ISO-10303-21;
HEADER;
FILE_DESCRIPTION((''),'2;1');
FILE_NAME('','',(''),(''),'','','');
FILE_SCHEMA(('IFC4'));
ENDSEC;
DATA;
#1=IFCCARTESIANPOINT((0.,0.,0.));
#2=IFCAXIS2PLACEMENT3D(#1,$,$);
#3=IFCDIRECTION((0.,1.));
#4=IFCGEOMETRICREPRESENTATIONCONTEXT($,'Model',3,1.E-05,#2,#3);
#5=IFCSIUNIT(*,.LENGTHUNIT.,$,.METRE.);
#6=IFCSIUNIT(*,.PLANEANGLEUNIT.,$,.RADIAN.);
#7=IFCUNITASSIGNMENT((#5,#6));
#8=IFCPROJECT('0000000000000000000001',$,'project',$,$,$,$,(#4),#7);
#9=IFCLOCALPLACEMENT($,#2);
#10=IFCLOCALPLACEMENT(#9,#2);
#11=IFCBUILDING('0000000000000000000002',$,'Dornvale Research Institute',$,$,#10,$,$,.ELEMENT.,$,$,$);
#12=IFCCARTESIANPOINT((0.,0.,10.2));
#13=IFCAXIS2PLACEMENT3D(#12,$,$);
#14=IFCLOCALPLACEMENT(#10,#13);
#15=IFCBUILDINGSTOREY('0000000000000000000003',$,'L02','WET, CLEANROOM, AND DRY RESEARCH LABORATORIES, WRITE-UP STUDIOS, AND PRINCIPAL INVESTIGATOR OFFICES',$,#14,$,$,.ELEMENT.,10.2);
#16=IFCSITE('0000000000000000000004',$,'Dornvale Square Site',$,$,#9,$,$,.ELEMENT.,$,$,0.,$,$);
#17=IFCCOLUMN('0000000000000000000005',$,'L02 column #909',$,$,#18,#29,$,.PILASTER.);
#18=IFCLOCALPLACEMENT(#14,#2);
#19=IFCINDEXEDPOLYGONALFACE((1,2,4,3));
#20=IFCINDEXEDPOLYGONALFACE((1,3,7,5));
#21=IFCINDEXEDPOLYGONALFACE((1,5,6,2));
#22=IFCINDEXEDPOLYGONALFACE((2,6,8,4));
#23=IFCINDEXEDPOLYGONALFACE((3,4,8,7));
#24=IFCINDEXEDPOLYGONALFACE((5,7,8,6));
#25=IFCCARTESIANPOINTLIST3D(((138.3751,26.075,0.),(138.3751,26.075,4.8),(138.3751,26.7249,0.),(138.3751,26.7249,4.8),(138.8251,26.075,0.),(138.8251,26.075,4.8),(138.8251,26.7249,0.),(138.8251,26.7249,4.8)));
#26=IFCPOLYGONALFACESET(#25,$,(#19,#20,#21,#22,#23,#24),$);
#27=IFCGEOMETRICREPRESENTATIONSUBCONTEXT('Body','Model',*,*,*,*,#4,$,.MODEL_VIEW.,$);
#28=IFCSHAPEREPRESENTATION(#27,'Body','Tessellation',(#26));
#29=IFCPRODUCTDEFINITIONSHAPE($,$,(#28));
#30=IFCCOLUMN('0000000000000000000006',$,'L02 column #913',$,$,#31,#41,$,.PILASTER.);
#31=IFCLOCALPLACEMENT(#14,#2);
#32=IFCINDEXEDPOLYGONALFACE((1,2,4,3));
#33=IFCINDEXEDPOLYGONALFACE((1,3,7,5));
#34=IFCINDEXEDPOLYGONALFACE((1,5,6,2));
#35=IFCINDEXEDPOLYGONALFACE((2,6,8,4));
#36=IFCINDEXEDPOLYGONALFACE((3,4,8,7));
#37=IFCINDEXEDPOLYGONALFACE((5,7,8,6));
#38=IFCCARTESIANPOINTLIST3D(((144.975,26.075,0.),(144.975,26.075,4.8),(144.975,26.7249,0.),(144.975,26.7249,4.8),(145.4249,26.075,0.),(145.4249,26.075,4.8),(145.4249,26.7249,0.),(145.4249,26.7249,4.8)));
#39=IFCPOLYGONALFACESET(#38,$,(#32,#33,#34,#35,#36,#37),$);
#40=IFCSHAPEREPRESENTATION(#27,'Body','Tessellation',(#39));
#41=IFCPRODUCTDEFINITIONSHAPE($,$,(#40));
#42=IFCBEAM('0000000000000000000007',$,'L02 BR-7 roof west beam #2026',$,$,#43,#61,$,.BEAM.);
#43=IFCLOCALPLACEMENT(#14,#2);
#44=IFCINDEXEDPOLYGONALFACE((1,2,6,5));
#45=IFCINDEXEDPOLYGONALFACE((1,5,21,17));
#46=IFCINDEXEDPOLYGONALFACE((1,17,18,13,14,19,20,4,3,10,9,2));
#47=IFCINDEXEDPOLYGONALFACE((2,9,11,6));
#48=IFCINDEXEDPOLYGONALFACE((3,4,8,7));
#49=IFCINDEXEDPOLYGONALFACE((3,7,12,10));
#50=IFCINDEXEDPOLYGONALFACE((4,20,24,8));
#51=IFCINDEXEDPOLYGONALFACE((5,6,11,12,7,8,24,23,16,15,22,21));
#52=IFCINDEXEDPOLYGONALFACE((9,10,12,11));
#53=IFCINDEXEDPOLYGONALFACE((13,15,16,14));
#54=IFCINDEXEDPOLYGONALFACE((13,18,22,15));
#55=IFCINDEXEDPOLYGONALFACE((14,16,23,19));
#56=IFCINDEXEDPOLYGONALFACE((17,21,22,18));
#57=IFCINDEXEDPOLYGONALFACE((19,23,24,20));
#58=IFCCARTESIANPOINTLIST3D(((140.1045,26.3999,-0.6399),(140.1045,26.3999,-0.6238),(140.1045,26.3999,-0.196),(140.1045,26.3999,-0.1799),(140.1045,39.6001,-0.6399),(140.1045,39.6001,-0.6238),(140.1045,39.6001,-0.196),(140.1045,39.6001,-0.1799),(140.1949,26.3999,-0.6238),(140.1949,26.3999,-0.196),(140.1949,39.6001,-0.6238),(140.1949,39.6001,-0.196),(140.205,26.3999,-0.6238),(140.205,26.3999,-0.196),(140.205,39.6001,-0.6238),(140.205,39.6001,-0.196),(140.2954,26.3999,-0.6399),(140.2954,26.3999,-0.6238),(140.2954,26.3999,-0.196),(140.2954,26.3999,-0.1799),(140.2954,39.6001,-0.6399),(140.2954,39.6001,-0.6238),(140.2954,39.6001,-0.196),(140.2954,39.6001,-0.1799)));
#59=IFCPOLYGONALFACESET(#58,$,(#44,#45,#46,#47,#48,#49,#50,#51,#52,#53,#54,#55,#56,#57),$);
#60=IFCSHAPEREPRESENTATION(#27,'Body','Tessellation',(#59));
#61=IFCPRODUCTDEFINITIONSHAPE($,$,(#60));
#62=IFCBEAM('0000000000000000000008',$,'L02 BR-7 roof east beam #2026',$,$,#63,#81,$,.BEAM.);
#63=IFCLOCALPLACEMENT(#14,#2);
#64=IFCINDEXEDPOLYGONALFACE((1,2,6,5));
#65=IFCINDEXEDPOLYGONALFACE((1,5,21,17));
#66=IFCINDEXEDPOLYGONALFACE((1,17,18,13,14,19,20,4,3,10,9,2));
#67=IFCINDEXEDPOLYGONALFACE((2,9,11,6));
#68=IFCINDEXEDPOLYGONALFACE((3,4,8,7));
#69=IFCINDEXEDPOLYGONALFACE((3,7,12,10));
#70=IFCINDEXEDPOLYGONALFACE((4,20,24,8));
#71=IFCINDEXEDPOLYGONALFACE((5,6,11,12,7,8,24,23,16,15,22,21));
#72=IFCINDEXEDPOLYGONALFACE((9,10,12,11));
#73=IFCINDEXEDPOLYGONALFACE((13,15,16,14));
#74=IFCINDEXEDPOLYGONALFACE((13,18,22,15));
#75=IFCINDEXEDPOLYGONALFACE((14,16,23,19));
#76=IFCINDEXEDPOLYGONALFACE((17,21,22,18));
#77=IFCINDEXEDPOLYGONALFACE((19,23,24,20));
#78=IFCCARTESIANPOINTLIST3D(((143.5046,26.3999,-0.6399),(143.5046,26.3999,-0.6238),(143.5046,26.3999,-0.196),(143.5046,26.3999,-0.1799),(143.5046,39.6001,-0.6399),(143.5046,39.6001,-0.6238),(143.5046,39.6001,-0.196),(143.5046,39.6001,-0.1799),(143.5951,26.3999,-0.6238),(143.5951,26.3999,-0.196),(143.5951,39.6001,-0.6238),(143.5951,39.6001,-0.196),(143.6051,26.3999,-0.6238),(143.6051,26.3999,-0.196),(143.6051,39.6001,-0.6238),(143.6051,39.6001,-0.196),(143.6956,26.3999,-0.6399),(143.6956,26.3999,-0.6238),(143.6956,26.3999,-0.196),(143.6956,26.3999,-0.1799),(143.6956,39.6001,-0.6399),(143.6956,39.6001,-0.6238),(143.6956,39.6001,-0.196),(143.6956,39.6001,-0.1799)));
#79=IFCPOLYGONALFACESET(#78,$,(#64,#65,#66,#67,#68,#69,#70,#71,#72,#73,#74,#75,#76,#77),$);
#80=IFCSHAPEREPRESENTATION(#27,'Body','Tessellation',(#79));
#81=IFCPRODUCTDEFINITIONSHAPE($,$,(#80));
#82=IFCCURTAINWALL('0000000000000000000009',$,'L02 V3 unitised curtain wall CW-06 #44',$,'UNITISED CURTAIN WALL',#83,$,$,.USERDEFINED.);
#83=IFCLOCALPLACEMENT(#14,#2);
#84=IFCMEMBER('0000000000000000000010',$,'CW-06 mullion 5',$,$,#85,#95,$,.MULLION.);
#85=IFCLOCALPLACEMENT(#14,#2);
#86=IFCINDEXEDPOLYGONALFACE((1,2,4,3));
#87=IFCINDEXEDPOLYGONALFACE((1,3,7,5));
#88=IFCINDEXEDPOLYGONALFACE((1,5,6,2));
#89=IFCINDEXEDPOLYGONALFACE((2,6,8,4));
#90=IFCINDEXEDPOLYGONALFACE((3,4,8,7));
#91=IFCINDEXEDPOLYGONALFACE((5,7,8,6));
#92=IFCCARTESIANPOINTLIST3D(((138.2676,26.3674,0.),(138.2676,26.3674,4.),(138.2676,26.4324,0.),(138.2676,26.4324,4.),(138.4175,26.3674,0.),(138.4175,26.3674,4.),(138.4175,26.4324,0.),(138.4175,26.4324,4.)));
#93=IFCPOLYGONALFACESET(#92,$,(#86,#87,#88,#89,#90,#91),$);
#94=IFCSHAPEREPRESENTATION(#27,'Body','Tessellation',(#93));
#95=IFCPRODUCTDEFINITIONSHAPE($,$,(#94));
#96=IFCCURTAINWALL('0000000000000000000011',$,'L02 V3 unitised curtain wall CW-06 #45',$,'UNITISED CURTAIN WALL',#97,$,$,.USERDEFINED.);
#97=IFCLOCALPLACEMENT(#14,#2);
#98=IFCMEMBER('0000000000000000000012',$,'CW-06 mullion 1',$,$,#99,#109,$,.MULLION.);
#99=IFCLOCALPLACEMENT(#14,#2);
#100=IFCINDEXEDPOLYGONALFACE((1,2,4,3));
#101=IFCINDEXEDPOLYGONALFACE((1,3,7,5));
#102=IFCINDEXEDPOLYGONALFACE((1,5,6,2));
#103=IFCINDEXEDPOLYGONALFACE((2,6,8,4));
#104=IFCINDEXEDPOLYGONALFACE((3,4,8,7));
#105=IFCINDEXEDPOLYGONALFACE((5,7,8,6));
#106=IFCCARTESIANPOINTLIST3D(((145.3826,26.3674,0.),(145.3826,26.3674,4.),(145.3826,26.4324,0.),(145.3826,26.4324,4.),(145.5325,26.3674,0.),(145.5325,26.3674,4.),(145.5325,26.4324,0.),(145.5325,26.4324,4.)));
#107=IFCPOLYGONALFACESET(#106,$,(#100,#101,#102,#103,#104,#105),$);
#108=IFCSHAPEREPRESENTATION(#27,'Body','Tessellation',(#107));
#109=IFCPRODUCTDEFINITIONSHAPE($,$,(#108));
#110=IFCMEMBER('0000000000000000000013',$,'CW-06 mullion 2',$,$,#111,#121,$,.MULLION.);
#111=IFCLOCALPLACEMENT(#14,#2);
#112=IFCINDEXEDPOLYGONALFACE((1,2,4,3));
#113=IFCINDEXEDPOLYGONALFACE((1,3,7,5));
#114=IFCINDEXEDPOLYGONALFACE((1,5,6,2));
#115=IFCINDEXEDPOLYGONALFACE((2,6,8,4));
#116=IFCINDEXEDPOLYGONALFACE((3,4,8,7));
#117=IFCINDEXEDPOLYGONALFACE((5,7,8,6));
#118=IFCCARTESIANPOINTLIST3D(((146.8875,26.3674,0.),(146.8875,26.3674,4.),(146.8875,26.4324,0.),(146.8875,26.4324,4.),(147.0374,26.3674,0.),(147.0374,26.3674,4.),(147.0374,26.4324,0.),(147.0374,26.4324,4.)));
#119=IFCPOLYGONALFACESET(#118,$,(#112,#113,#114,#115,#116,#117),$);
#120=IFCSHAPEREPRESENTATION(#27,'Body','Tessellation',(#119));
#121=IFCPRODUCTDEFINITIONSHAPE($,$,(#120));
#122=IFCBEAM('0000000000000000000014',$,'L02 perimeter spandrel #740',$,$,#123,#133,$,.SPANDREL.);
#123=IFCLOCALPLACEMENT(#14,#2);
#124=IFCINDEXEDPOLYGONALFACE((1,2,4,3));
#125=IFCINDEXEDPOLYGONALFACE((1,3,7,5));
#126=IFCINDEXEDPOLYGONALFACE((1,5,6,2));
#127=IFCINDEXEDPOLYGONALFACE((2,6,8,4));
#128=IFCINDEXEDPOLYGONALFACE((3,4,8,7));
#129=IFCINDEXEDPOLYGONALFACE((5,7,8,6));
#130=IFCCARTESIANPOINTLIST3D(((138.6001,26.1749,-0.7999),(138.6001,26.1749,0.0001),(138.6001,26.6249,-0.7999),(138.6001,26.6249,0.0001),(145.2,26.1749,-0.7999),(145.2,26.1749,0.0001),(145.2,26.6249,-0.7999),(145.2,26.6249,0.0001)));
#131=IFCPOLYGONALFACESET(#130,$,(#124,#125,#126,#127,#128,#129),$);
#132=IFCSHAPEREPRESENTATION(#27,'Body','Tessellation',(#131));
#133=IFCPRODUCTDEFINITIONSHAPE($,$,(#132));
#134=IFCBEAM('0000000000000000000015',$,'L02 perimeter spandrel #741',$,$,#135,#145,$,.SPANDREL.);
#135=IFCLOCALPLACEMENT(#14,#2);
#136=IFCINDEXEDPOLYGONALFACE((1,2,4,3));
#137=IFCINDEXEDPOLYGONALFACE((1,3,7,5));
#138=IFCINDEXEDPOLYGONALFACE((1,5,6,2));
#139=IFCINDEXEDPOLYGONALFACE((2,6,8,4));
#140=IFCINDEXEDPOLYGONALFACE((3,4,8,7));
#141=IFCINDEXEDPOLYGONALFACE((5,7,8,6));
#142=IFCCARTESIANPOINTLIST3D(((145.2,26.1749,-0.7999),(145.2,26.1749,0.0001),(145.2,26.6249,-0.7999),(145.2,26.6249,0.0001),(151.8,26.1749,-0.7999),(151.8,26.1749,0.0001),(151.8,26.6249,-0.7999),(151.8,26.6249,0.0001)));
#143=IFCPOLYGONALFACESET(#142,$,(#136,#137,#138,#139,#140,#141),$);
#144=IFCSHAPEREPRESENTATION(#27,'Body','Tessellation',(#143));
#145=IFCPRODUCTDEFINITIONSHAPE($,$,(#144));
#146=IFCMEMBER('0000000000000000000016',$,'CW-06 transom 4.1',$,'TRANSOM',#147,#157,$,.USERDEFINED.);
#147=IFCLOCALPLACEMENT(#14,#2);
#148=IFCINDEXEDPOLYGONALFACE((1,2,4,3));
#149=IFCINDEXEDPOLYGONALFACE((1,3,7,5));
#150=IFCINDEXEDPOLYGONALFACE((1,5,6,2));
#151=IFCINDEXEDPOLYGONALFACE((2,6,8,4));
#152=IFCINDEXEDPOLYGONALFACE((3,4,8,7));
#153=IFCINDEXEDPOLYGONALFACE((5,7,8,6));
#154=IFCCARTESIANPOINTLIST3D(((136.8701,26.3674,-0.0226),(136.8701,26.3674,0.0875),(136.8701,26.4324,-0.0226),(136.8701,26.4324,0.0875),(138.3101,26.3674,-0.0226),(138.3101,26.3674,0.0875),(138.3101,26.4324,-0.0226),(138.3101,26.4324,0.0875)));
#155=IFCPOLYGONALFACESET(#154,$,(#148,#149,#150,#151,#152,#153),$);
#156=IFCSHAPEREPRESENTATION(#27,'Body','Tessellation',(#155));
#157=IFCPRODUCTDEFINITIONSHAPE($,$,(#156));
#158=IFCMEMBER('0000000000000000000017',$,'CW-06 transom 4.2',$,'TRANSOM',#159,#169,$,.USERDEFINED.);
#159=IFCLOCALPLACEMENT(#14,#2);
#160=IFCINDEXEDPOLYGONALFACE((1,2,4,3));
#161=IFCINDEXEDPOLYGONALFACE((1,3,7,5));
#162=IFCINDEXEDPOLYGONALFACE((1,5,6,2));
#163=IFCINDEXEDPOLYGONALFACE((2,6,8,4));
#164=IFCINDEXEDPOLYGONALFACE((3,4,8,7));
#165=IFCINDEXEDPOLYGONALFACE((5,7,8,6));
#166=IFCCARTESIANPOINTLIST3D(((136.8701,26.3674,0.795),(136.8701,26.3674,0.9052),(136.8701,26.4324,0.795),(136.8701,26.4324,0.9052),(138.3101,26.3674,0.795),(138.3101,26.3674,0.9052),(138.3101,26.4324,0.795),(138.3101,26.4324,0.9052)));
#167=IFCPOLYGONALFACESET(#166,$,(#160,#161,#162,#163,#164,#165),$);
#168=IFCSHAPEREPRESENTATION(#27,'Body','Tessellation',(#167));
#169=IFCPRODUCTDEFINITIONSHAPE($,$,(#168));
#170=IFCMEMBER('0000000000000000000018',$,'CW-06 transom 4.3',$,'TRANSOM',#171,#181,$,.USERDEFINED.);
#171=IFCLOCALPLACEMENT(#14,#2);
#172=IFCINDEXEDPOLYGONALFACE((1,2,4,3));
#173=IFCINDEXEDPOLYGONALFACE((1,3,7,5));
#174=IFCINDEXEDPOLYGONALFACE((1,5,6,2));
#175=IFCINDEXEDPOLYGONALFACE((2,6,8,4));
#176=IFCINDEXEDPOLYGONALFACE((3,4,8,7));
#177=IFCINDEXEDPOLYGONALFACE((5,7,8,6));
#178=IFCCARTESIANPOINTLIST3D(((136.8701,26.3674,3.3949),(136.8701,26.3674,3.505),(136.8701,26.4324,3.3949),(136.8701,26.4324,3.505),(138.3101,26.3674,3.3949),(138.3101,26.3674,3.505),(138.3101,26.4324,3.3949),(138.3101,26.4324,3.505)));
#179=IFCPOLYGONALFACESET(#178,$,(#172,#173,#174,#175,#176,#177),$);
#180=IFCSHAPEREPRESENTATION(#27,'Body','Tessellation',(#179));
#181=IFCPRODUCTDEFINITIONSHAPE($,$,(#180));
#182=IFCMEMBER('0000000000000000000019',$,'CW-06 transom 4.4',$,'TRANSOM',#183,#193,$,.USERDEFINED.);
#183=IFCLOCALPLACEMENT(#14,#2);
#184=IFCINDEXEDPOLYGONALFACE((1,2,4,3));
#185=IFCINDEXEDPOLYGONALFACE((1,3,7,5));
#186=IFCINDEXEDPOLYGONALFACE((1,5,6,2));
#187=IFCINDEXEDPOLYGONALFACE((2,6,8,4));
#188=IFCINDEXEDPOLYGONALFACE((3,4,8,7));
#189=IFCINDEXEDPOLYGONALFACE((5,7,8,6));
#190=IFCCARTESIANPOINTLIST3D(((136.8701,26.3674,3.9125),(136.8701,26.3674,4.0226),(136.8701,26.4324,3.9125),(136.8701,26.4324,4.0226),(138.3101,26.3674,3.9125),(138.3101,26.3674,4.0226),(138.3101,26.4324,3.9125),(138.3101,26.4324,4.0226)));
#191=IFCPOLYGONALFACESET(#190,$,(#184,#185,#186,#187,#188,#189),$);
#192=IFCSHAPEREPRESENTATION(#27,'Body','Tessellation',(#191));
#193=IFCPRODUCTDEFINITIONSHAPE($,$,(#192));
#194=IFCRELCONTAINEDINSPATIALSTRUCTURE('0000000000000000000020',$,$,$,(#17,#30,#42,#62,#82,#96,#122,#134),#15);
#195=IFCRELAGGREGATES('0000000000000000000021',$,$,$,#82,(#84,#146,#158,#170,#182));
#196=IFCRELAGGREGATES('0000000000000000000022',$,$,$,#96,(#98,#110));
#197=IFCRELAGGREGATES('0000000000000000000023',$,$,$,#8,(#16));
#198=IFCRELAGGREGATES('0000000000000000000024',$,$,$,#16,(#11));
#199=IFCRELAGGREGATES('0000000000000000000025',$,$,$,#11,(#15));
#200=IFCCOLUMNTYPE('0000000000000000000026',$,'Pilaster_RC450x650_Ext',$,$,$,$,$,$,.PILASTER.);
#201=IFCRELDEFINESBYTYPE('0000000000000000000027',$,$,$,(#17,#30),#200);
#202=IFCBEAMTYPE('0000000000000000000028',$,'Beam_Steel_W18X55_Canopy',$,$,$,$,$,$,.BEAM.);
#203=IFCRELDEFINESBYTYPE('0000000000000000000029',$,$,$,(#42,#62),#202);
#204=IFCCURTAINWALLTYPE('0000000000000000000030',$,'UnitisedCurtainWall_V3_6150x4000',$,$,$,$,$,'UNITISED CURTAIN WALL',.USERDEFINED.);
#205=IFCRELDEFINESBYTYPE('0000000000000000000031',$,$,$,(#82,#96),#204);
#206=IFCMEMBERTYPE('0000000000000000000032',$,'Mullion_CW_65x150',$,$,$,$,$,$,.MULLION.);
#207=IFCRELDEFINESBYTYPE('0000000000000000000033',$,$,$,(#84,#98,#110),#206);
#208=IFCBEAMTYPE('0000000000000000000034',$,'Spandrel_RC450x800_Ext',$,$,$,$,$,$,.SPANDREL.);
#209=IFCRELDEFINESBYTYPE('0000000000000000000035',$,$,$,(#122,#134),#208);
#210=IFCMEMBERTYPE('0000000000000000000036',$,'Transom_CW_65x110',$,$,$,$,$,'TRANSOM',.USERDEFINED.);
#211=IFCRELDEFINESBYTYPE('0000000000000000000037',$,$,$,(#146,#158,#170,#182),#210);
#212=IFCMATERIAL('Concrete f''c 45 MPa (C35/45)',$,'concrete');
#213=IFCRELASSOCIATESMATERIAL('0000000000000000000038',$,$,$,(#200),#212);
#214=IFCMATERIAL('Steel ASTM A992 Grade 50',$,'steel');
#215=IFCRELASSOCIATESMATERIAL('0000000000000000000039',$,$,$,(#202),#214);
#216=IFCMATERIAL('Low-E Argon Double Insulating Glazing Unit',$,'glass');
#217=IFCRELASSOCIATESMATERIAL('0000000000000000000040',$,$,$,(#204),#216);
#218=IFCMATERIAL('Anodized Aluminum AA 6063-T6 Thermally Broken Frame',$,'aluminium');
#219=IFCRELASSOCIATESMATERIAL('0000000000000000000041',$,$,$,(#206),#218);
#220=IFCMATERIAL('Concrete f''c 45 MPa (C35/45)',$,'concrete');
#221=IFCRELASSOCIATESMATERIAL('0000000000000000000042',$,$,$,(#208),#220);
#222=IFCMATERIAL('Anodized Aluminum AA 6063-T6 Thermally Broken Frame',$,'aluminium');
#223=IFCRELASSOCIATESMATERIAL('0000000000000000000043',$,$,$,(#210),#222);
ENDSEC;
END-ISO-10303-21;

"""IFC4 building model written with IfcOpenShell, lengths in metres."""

from ifc_helpers import new_model, si_unit, direction, frame, origin, origin_2d, place, context, subcontext, project, spatial, rectangle, i_section, extrude, material, material_profile, profile_set, type_object, element, aggregate, save


model = new_model("IFC4")

# Units and contexts
model_context = context("Model", 3, precision=1e-05, world=origin(), true_north=direction((0.0, 1.0)))
body_context = subcontext(model_context, "Body", "Model", "MODEL_VIEW")
ifc_project = project(units=[si_unit("LENGTHUNIT", "METRE"), si_unit("PLANEANGLEUNIT", "RADIAN")], contexts=[model_context])

# Site, building, storey
site_placement = place(None, origin())
site = spatial("IfcSite", under=ifc_project, at=site_placement, Name="Dornvale Square Site", CompositionType="ELEMENT", RefElevation=0.0)
building_placement = place(site_placement, origin())
building = spatial("IfcBuilding", under=site, at=building_placement, Name="Dornvale Research Institute", CompositionType="ELEMENT")
storey_placement = place(building_placement, frame((0.0, 0.0, 10.2)))
storey = spatial("IfcBuildingStorey", under=building, at=storey_placement, Name="L02", Description="WET, CLEANROOM, AND DRY RESEARCH LABORATORIES, WRITE-UP STUDIOS, AND PRINCIPAL INVESTIGATOR OFFICES", CompositionType="ELEMENT", Elevation=10.2)

# Columns
ifc_material_1 = material(Name="Concrete f'c 45 MPa (C35/45)", Category="concrete")
ifc_material_profile_1 = material_profile(ifc_material_1, rectangle(XDim=0.45, YDim=0.6499, at=origin_2d()), Name="RC 450x650")
ifc_profile_set_1 = profile_set([ifc_material_profile_1], Name="Concrete f'c 45 MPa (C35/45)")
column_type = type_object("IfcColumnType", Name="Pilaster_RC450x650_Ext", PredefinedType="PILASTER", material=ifc_profile_set_1)
for number, where, z_axis, x_axis, name in (
    (1, (138.6001, 26.3999, 0.0), (0.0, 0.0, 1.0), (1.0, 0.0, 0.0), "L02 column #909"),
    (2, (145.2, 26.3999, 0.0), (0.0, 0.0, 1.0), (1.0, 0.0, 0.0), "L02 column #913"),
):
    element("IfcColumn", number, at=place(storey_placement, frame(where, z_axis=z_axis, x_axis=x_axis)), inside=storey, type_object=column_type, Name=name, PredefinedType="PILASTER", context=body_context, shape_type="SweptSolid", body=[
        extrude(rectangle(XDim=0.45, YDim=0.6499, at=origin_2d()), origin(), (0.0, 0.0, 1.0), 4.8),
    ])

# Beams
ifc_material_2 = material(Name="Steel ASTM A992 Grade 50", Category="steel")
ifc_material_profile_2 = material_profile(ifc_material_2, i_section(OverallWidth=0.1909, OverallDepth=0.46, WebThickness=0.01, FlangeThickness=0.0161, at=origin_2d()), Name="W18X55")
ifc_profile_set_2 = profile_set([ifc_material_profile_2], Name="Steel ASTM A992 Grade 50")
beam_type_1 = type_object("IfcBeamType", Name="Beam_Steel_W18X55_Canopy", PredefinedType="BEAM", material=ifc_profile_set_2)
for number, where, z_axis, x_axis, name in (
    (3, (140.2, 26.3999, -0.4099), (0.0, 1.0, 0.0), (-1.0, 0.0, 0.0), "L02 BR-7 roof west beam #2026"),
    (4, (143.6001, 26.3999, -0.4099), (0.0, 1.0, 0.0), (-1.0, 0.0, 0.0), "L02 BR-7 roof east beam #2026"),
):
    element("IfcBeam", number, at=place(storey_placement, frame(where, z_axis=z_axis, x_axis=x_axis)), inside=storey, type_object=beam_type_1, Name=name, PredefinedType="BEAM", context=body_context, shape_type="SweptSolid", body=[
        extrude(i_section(OverallWidth=0.1909, OverallDepth=0.46, WebThickness=0.01, FlangeThickness=0.0161, at=origin_2d()), origin(), (0.0, 0.0, 1.0), 13.2002),
    ])

# Curtain wall, member
ifc_material_3 = material(Name="Low-E Argon Double Insulating Glazing Unit", Category="glass")
curtain_wall_type = type_object("IfcCurtainWallType", Name="UnitisedCurtainWall_V3_6150x4000", ElementType="UNITISED CURTAIN WALL", PredefinedType="USERDEFINED", material=ifc_material_3)
curtain_wall_1_placement = place(storey_placement, origin())
curtain_wall_1 = element("IfcCurtainWall", 5, at=curtain_wall_1_placement, inside=storey, type_object=curtain_wall_type, Name="L02 V3 unitised curtain wall CW-06 #44", ObjectType="UNITISED CURTAIN WALL", PredefinedType="USERDEFINED")
ifc_material_4 = material(Name="Anodized Aluminum AA 6063-T6 Thermally Broken Frame", Category="aluminium")
ifc_material_profile_3 = material_profile(ifc_material_4, rectangle(XDim=0.0649, YDim=0.1499, at=origin_2d()), Name="ALU MULLION 65x150")
ifc_profile_set_3 = profile_set([ifc_material_profile_3], Name="Anodized Aluminum AA 6063-T6 Thermally Broken Frame")
member_type_1 = type_object("IfcMemberType", Name="Mullion_CW_65x150", PredefinedType="MULLION", material=ifc_profile_set_3)
member_1_placement = place(storey_placement, frame((138.3425, 26.3999, 0.0), z_axis=(0.0, 0.0, 1.0), x_axis=(0.0, 1.0, 0.0)))
member_1 = element("IfcMember", 6, at=member_1_placement, type_object=member_type_1, Name="CW-06 mullion 5", PredefinedType="MULLION", context=body_context, shape_type="SweptSolid", body=[
    extrude(rectangle(XDim=0.0649, YDim=0.1499, at=origin_2d()), origin(), (0.0, 0.0, 1.0), 4.0),
])

# Curtain wall, members
curtain_wall_2_placement = place(storey_placement, origin())
curtain_wall_2 = element("IfcCurtainWall", 7, at=curtain_wall_2_placement, inside=storey, type_object=curtain_wall_type, Name="L02 V3 unitised curtain wall CW-06 #45", ObjectType="UNITISED CURTAIN WALL", PredefinedType="USERDEFINED")
member_2_placement = place(storey_placement, frame((145.4575, 26.3999, 0.0), z_axis=(0.0, 0.0, 1.0), x_axis=(0.0, 1.0, 0.0)))
member_2 = element("IfcMember", 8, at=member_2_placement, type_object=member_type_1, Name="CW-06 mullion 1", PredefinedType="MULLION", context=body_context, shape_type="SweptSolid", body=[
    extrude(rectangle(XDim=0.0649, YDim=0.1499, at=origin_2d()), origin(), (0.0, 0.0, 1.0), 4.0),
])
member_3_placement = place(storey_placement, frame((146.9624, 26.3999, 0.0), z_axis=(0.0, 0.0, 1.0), x_axis=(0.0, 1.0, 0.0)))
member_3 = element("IfcMember", 9, at=member_3_placement, type_object=member_type_1, Name="CW-06 mullion 2", PredefinedType="MULLION", context=body_context, shape_type="SweptSolid", body=[
    extrude(rectangle(XDim=0.0649, YDim=0.1499, at=origin_2d()), origin(), (0.0, 0.0, 1.0), 4.0),
])

# Beams
ifc_material_5 = material(Name="Concrete f'c 45 MPa (C35/45)", Category="concrete")
ifc_material_profile_4 = material_profile(ifc_material_5, rectangle(XDim=0.45, YDim=0.8, at=origin_2d()), Name="RC 450x800")
ifc_profile_set_4 = profile_set([ifc_material_profile_4], Name="Concrete f'c 45 MPa (C35/45)")
beam_type_2 = type_object("IfcBeamType", Name="Spandrel_RC450x800_Ext", PredefinedType="SPANDREL", material=ifc_profile_set_4)
beam_1_placement = place(storey_placement, frame((138.6001, 26.3999, -0.3999), z_axis=(1.0, 0.0, 0.0), x_axis=(0.0, 1.0, 0.0)))
element("IfcBeam", 10, at=beam_1_placement, inside=storey, type_object=beam_type_2, Name="L02 perimeter spandrel #740", PredefinedType="SPANDREL", context=body_context, shape_type="SweptSolid", body=[
    extrude(rectangle(XDim=0.45, YDim=0.8, at=origin_2d()), origin(), (0.0, 0.0, 1.0), 6.5999),
])
beam_2_placement = place(storey_placement, frame((145.2, 26.3999, -0.3999), z_axis=(1.0, 0.0, 0.0), x_axis=(0.0, 1.0, 0.0)))
element("IfcBeam", 11, at=beam_2_placement, inside=storey, type_object=beam_type_2, Name="L02 perimeter spandrel #741", PredefinedType="SPANDREL", context=body_context, shape_type="SweptSolid", body=[
    extrude(rectangle(XDim=0.45, YDim=0.8, at=origin_2d()), origin(), (0.0, 0.0, 1.0), 6.6001),
])

# Members
ifc_material_6 = material(Name="Anodized Aluminum AA 6063-T6 Thermally Broken Frame", Category="aluminium")
ifc_material_profile_5 = material_profile(ifc_material_6, rectangle(XDim=0.0649, YDim=0.1101, at=origin_2d()), Name="ALU TRANSOM 65x110")
ifc_profile_set_5 = profile_set([ifc_material_profile_5], Name="Anodized Aluminum AA 6063-T6 Thermally Broken Frame")
member_type_2 = type_object("IfcMemberType", Name="Transom_CW_65x110", ElementType="TRANSOM", PredefinedType="USERDEFINED", material=ifc_profile_set_5)
member_4_placement = place(storey_placement, frame((136.8701, 26.3999, 0.0325), z_axis=(1.0, 0.0, 0.0), x_axis=(0.0, 1.0, 0.0)))
member_4 = element("IfcMember", 12, at=member_4_placement, type_object=member_type_2, Name="CW-06 transom 4.1", ObjectType="TRANSOM", PredefinedType="USERDEFINED", context=body_context, shape_type="SweptSolid", body=[
    extrude(rectangle(XDim=0.0649, YDim=0.1101, at=origin_2d()), origin(), (0.0, 0.0, 1.0), 1.4399),
])
member_5_placement = place(storey_placement, frame((136.8701, 26.3999, 0.8501), z_axis=(1.0, 0.0, 0.0), x_axis=(0.0, 1.0, 0.0)))
member_5 = element("IfcMember", 13, at=member_5_placement, type_object=member_type_2, Name="CW-06 transom 4.2", ObjectType="TRANSOM", PredefinedType="USERDEFINED", context=body_context, shape_type="SweptSolid", body=[
    extrude(rectangle(XDim=0.0649, YDim=0.1101, at=origin_2d()), origin(), (0.0, 0.0, 1.0), 1.4399),
])
member_6_placement = place(storey_placement, frame((136.8701, 26.3999, 3.45), z_axis=(1.0, 0.0, 0.0), x_axis=(0.0, 1.0, 0.0)))
member_6 = element("IfcMember", 14, at=member_6_placement, type_object=member_type_2, Name="CW-06 transom 4.3", ObjectType="TRANSOM", PredefinedType="USERDEFINED", context=body_context, shape_type="SweptSolid", body=[
    extrude(rectangle(XDim=0.0649, YDim=0.1101, at=origin_2d()), origin(), (0.0, 0.0, 1.0), 1.4399),
])
member_7_placement = place(storey_placement, frame((136.8701, 26.3999, 3.9675), z_axis=(1.0, 0.0, 0.0), x_axis=(0.0, 1.0, 0.0)))
member_7 = element("IfcMember", 15, at=member_7_placement, type_object=member_type_2, Name="CW-06 transom 4.4", ObjectType="TRANSOM", PredefinedType="USERDEFINED", context=body_context, shape_type="SweptSolid", body=[
    extrude(rectangle(XDim=0.0649, YDim=0.1101, at=origin_2d()), origin(), (0.0, 0.0, 1.0), 1.4399),
])

aggregate(curtain_wall_1, [member_1, member_4, member_5, member_6, member_7])
aggregate(curtain_wall_2, [member_2, member_3])

save(model, "model.ifc")
